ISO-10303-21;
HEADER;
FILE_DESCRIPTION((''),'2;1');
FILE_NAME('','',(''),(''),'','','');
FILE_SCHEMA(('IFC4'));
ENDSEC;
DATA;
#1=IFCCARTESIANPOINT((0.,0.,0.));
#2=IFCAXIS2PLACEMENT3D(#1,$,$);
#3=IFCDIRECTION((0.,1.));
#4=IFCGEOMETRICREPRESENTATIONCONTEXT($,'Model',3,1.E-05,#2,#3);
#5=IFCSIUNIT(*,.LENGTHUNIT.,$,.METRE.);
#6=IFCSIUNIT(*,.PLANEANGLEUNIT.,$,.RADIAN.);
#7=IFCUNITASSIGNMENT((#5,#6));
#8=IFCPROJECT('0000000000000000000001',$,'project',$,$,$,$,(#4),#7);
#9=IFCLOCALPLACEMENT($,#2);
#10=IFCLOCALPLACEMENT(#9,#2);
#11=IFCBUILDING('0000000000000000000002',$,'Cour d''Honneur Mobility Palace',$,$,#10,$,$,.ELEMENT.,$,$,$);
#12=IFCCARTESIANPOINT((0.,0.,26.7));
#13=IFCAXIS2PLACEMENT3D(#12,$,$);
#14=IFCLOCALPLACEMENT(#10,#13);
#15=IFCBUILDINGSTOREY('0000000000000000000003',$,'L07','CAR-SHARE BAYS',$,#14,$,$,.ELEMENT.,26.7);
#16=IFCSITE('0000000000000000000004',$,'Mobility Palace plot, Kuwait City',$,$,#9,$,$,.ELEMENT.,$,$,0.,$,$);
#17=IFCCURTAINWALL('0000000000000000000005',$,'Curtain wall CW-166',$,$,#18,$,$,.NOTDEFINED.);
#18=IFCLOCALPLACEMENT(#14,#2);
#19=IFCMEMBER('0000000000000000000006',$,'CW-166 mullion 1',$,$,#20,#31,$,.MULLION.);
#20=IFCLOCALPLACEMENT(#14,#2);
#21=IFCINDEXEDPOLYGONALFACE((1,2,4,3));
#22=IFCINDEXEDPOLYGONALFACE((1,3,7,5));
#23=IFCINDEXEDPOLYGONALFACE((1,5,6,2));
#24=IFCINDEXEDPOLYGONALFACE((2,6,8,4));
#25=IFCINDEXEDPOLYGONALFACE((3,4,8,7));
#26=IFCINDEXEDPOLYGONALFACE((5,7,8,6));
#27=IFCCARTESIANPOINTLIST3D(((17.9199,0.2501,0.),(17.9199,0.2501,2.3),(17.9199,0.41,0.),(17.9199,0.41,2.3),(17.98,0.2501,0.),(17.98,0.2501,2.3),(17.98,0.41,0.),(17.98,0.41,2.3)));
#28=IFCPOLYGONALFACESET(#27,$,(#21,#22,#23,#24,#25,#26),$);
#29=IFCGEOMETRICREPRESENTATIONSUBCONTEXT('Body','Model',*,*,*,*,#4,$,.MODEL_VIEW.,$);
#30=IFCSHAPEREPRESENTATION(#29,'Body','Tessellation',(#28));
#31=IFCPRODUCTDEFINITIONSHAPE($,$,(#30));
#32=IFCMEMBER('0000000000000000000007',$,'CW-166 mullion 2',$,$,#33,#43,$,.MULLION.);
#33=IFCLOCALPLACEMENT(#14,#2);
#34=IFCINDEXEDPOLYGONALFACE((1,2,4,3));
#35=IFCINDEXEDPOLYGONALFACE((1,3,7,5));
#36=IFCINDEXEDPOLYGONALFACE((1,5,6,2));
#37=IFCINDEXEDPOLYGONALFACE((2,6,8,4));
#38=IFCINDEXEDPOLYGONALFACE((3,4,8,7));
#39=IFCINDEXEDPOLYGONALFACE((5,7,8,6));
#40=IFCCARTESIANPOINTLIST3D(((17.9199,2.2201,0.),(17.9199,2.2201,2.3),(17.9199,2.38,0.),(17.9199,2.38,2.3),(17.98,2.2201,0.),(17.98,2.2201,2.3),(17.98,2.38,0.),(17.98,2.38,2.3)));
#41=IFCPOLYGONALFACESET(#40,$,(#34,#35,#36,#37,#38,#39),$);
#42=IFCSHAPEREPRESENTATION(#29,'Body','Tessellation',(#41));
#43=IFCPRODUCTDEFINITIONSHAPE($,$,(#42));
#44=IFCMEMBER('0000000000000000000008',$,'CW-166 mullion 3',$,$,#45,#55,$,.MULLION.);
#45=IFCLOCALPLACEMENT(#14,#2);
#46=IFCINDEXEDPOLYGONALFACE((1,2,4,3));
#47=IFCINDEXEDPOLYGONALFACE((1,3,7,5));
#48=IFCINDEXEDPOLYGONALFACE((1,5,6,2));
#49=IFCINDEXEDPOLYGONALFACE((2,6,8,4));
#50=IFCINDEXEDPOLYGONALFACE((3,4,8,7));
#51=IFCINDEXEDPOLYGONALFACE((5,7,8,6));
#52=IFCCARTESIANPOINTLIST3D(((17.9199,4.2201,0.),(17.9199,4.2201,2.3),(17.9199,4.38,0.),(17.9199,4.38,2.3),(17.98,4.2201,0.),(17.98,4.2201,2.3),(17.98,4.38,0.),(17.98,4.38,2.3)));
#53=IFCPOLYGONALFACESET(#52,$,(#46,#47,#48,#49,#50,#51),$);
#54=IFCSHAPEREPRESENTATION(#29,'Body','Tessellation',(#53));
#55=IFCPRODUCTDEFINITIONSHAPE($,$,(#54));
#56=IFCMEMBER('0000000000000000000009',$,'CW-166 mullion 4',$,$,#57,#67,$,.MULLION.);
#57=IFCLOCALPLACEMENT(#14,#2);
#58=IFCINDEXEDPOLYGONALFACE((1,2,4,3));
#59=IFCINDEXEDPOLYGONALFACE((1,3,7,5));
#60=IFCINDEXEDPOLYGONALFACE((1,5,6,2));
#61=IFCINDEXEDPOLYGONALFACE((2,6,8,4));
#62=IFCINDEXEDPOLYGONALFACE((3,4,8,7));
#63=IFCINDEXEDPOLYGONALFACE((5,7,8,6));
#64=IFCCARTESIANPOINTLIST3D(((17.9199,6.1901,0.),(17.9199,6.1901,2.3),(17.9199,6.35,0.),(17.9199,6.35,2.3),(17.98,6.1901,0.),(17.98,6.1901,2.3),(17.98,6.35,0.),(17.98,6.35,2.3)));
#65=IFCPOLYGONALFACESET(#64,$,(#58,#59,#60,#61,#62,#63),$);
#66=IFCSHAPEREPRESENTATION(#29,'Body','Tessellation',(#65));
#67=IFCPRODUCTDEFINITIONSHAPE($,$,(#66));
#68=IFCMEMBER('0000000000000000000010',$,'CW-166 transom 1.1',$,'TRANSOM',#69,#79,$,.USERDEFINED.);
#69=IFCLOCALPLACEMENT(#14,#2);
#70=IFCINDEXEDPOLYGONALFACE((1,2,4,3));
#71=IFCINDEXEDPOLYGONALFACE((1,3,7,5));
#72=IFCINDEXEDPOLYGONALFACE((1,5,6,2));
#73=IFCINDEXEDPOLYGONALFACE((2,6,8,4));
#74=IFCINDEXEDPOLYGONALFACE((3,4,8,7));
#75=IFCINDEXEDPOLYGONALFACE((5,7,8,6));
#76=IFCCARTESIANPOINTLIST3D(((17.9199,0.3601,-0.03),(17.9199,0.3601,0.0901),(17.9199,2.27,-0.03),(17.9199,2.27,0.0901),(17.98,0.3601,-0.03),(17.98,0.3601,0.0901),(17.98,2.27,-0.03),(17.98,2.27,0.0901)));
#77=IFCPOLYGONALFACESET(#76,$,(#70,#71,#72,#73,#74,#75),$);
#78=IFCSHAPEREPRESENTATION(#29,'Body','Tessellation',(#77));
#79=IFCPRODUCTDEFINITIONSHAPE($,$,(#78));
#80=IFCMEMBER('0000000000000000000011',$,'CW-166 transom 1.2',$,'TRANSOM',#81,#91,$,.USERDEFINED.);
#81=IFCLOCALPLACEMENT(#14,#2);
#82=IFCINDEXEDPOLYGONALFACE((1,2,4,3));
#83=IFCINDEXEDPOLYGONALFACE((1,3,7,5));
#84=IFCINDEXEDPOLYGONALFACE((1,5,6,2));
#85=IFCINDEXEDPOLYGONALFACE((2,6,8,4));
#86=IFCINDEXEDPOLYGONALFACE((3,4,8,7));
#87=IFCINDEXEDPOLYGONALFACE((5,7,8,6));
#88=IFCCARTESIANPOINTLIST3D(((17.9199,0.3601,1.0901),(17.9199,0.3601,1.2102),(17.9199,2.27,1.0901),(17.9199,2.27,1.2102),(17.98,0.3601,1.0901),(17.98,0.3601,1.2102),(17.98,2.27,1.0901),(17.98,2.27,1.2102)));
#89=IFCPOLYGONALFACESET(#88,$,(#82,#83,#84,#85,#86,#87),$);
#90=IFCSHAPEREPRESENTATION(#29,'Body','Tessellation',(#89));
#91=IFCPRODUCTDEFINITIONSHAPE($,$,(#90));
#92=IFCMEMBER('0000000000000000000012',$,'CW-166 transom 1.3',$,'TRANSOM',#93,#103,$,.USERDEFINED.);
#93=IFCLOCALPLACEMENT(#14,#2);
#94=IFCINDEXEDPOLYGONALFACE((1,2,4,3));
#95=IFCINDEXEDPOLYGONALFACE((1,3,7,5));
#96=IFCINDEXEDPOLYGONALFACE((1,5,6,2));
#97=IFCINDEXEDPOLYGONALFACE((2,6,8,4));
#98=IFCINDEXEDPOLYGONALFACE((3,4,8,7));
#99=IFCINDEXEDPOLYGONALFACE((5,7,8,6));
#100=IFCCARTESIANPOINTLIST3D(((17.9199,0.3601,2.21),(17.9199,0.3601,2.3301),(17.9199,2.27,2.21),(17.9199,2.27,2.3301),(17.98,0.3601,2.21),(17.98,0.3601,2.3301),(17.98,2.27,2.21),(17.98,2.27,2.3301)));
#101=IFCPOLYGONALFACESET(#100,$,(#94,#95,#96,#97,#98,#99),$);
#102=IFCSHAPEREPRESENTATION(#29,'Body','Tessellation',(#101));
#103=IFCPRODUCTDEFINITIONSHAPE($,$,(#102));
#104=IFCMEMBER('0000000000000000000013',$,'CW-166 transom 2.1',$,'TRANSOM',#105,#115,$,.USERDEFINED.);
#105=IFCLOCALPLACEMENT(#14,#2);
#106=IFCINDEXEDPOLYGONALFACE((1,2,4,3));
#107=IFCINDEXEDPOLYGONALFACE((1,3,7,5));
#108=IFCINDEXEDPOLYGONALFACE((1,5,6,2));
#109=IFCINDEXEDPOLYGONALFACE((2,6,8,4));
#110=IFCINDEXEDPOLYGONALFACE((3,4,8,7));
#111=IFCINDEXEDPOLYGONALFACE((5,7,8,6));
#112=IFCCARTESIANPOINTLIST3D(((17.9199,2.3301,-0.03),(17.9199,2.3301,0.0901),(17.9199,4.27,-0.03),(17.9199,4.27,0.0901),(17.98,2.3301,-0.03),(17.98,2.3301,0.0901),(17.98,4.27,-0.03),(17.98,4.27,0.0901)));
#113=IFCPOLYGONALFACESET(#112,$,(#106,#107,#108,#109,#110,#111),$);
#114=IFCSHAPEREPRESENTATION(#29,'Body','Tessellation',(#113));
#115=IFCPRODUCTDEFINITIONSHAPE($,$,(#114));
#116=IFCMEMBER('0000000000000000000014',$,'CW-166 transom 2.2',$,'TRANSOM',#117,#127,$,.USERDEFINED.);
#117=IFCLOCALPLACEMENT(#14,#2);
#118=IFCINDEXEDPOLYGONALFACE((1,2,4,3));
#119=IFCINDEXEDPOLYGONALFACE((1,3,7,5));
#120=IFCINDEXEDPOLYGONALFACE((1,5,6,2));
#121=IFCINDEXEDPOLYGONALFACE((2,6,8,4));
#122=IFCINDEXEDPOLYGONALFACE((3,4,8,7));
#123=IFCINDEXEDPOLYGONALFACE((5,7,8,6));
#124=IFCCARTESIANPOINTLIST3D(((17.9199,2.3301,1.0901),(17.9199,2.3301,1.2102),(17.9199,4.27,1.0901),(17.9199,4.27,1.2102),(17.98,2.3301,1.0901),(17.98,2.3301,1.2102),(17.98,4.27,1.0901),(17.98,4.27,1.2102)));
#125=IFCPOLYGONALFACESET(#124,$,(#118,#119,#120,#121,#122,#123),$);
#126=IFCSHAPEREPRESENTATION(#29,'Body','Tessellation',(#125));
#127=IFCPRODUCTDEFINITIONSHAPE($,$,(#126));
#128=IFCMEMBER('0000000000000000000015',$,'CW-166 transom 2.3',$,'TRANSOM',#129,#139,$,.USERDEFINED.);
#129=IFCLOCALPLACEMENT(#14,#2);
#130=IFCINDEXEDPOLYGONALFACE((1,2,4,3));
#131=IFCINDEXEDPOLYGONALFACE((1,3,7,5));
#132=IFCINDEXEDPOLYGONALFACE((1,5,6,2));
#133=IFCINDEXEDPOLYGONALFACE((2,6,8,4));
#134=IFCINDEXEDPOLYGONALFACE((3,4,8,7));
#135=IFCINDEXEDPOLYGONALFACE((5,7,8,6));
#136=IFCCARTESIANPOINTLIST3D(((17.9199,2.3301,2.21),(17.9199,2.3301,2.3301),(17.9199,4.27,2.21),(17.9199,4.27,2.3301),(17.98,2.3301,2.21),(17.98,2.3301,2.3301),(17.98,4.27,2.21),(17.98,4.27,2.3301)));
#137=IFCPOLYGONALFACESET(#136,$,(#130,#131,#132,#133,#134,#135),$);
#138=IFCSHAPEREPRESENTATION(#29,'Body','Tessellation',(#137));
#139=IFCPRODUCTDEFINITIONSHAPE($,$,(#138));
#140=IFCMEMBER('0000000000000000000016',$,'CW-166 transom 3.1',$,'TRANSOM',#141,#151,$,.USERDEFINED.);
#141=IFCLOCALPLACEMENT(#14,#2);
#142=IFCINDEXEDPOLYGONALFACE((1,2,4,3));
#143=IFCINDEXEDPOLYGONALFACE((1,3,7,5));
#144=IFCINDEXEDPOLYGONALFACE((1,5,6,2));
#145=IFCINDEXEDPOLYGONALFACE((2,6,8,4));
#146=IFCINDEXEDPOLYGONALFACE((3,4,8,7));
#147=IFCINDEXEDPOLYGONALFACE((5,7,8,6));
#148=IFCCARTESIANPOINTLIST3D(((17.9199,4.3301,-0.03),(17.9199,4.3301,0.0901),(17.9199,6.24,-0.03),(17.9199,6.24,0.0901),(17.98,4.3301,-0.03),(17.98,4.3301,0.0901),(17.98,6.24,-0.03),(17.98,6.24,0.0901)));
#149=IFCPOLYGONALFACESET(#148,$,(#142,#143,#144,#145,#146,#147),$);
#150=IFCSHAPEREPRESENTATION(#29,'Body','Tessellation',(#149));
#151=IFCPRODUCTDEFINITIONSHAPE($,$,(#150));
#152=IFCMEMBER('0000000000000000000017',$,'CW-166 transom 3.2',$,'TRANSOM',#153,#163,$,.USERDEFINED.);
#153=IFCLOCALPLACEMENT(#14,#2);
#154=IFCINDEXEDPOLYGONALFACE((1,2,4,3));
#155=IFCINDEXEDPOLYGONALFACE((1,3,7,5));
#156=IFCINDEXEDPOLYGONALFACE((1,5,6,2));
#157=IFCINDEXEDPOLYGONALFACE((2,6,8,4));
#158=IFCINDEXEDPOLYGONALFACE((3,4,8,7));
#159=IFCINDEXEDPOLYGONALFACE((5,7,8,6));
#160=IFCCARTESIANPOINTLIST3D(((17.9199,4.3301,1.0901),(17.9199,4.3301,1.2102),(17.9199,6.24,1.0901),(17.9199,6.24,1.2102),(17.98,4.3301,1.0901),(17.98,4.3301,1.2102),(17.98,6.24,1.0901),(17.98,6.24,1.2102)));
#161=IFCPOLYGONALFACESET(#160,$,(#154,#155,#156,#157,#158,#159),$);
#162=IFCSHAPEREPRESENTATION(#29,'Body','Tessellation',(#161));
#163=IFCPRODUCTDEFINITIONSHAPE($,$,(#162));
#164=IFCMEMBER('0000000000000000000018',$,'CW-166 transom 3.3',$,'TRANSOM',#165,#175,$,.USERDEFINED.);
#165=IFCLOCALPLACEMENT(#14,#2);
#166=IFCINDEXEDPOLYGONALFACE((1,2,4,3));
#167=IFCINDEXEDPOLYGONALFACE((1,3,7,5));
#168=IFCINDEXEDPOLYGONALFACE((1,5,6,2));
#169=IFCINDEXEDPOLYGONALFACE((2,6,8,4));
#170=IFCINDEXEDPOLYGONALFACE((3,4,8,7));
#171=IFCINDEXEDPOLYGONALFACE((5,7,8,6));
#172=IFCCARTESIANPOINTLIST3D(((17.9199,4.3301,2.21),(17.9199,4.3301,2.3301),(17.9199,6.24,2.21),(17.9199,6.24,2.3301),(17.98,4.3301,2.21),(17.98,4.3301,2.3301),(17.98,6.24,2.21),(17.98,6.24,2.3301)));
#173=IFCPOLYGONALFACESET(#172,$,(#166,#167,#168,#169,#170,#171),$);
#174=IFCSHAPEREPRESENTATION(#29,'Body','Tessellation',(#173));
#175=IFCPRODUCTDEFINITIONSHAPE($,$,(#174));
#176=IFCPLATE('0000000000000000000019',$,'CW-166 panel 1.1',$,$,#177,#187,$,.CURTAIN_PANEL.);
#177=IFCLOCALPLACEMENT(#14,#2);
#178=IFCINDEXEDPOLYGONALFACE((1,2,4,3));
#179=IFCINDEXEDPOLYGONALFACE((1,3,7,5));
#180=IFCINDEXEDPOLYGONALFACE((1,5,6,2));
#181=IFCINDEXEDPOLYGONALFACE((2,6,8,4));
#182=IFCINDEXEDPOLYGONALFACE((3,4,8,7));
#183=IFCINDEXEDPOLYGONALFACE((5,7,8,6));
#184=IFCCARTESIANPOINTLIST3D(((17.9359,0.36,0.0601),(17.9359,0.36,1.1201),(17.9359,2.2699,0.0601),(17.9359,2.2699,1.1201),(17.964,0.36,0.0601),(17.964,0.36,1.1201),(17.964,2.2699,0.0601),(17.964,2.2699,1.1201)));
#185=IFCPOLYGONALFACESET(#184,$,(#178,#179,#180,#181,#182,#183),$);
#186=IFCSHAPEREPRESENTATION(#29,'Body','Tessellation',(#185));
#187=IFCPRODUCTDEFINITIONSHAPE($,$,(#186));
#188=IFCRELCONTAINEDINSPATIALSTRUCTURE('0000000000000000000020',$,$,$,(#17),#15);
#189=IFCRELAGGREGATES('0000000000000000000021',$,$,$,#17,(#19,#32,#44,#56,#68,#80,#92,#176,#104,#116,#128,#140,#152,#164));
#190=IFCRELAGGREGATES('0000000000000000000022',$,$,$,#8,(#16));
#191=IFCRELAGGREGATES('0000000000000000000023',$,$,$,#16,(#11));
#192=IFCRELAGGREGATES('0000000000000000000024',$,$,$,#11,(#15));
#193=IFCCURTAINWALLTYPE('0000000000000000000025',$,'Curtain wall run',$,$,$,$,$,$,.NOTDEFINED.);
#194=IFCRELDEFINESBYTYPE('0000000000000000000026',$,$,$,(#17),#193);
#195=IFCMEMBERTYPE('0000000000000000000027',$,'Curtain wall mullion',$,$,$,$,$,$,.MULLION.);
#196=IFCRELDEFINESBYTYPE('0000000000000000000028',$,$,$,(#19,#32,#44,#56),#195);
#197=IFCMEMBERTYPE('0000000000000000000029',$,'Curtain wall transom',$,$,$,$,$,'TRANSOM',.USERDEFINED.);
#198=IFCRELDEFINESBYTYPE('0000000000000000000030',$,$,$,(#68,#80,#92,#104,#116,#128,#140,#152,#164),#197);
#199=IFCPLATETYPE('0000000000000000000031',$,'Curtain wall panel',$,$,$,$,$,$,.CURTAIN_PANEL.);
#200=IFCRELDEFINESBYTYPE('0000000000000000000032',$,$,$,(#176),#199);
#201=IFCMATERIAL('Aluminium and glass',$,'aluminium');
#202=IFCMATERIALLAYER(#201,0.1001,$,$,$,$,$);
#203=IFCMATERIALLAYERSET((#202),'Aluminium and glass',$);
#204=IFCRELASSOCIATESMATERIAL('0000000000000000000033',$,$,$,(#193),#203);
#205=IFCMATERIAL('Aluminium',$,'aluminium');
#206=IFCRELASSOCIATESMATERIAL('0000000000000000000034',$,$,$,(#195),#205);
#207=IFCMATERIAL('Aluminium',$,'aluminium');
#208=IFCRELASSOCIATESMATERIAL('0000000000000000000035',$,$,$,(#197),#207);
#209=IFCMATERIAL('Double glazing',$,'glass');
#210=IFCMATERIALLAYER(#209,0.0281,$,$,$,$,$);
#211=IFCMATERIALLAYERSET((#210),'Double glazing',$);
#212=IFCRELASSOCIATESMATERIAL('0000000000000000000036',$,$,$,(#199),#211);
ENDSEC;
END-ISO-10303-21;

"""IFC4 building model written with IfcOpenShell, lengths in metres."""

from ifc_helpers import new_model, si_unit, direction, frame, origin, origin_2d, place, context, subcontext, project, spatial, rectangle, extrude, material, layer, layer_set, material_profile, profile_set, type_object, element, aggregate, save


model = new_model("IFC4")

# Units and contexts
model_context = context("Model", 3, precision=1e-05, world=origin(), true_north=direction((0.0, 1.0)))
body_context = subcontext(model_context, "Body", "Model", "MODEL_VIEW")
ifc_project = project(units=[si_unit("LENGTHUNIT", "METRE"), si_unit("PLANEANGLEUNIT", "RADIAN")], contexts=[model_context])

# Site, building, storey
site_placement = place(None, origin())
site = spatial("IfcSite", under=ifc_project, at=site_placement, Name="Mobility Palace plot, Kuwait City", CompositionType="ELEMENT", RefElevation=0.0)
building_placement = place(site_placement, origin())
building = spatial("IfcBuilding", under=site, at=building_placement, Name="Cour d'Honneur Mobility Palace", CompositionType="ELEMENT")
storey_placement = place(building_placement, frame((0.0, 0.0, 26.7)))
storey = spatial("IfcBuildingStorey", under=building, at=storey_placement, Name="L07", Description="CAR-SHARE BAYS", CompositionType="ELEMENT", Elevation=26.7)

# Curtain wall, members, plate
ifc_material_1 = material(Name="Aluminium and glass", Category="aluminium")
ifc_layer_1 = layer(ifc_material_1, 0.1001)
ifc_layer_set_1 = layer_set([ifc_layer_1], Name="Aluminium and glass")
curtain_wall_type = type_object("IfcCurtainWallType", Name="Curtain wall run", PredefinedType="NOTDEFINED", material=ifc_layer_set_1)
curtain_wall_placement = place(storey_placement, origin())
curtain_wall = element("IfcCurtainWall", 1, at=curtain_wall_placement, inside=storey, type_object=curtain_wall_type, Name="Curtain wall CW-166", PredefinedType="NOTDEFINED")
ifc_material_2 = material(Name="Aluminium", Category="aluminium")
ifc_material_profile_1 = material_profile(ifc_material_2, rectangle(XDim=0.0601, YDim=0.1599, at=origin_2d()), Name="Curtain wall mullion")
ifc_profile_set_1 = profile_set([ifc_material_profile_1], Name="Aluminium")
member_type_1 = type_object("IfcMemberType", Name="Curtain wall mullion", PredefinedType="MULLION", material=ifc_profile_set_1)
member_1_placement = place(storey_placement, frame((17.95, 0.3301, 0.0), z_axis=(0.0, 0.0, 1.0), x_axis=(-1.0, 0.0, 0.0)))
member_1 = element("IfcMember", 2, at=member_1_placement, type_object=member_type_1, Name="CW-166 mullion 1", PredefinedType="MULLION", context=body_context, shape_type="SweptSolid", body=[
    extrude(rectangle(XDim=0.0601, YDim=0.1599, at=origin_2d()), origin(), (0.0, 0.0, 1.0), 2.3),
])
member_2_placement = place(storey_placement, frame((17.95, 2.3, 0.0), z_axis=(0.0, 0.0, 1.0), x_axis=(-1.0, 0.0, 0.0)))
member_2 = element("IfcMember", 3, at=member_2_placement, type_object=member_type_1, Name="CW-166 mullion 2", PredefinedType="MULLION", context=body_context, shape_type="SweptSolid", body=[
    extrude(rectangle(XDim=0.0601, YDim=0.1599, at=origin_2d()), origin(), (0.0, 0.0, 1.0), 2.3),
])
member_3_placement = place(storey_placement, frame((17.95, 4.3, 0.0), z_axis=(0.0, 0.0, 1.0), x_axis=(-1.0, 0.0, 0.0)))
member_3 = element("IfcMember", 4, at=member_3_placement, type_object=member_type_1, Name="CW-166 mullion 3", PredefinedType="MULLION", context=body_context, shape_type="SweptSolid", body=[
    extrude(rectangle(XDim=0.0601, YDim=0.1599, at=origin_2d()), origin(), (0.0, 0.0, 1.0), 2.3),
])
member_4_placement = place(storey_placement, frame((17.95, 6.27, 0.0), z_axis=(0.0, 0.0, 1.0), x_axis=(-1.0, 0.0, 0.0)))
member_4 = element("IfcMember", 5, at=member_4_placement, type_object=member_type_1, Name="CW-166 mullion 4", PredefinedType="MULLION", context=body_context, shape_type="SweptSolid", body=[
    extrude(rectangle(XDim=0.0601, YDim=0.1599, at=origin_2d()), origin(), (0.0, 0.0, 1.0), 2.3),
])
ifc_material_3 = material(Name="Aluminium", Category="aluminium")
ifc_material_profile_2 = material_profile(ifc_material_3, rectangle(XDim=0.0601, YDim=0.1201, at=origin_2d()), Name="Curtain wall transom")
ifc_profile_set_2 = profile_set([ifc_material_profile_2], Name="Aluminium")
member_type_2 = type_object("IfcMemberType", Name="Curtain wall transom", ElementType="TRANSOM", PredefinedType="USERDEFINED", material=ifc_profile_set_2)
member_5_placement = place(storey_placement, frame((17.95, 0.3601, 0.03), z_axis=(0.0, 1.0, 0.0), x_axis=(-1.0, 0.0, 0.0)))
member_5 = element("IfcMember", 6, at=member_5_placement, type_object=member_type_2, Name="CW-166 transom 1.1", ObjectType="TRANSOM", PredefinedType="USERDEFINED", context=body_context, shape_type="SweptSolid", body=[
    extrude(rectangle(XDim=0.0601, YDim=0.1201, at=origin_2d()), origin(), (0.0, 0.0, 1.0), 1.9099),
])
member_6_placement = place(storey_placement, frame((17.95, 0.3601, 1.1501), z_axis=(0.0, 1.0, 0.0), x_axis=(-1.0, 0.0, 0.0)))
member_6 = element("IfcMember", 7, at=member_6_placement, type_object=member_type_2, Name="CW-166 transom 1.2", ObjectType="TRANSOM", PredefinedType="USERDEFINED", context=body_context, shape_type="SweptSolid", body=[
    extrude(rectangle(XDim=0.0601, YDim=0.1201, at=origin_2d()), origin(), (0.0, 0.0, 1.0), 1.9099),
])
member_7_placement = place(storey_placement, frame((17.95, 0.3601, 2.27), z_axis=(0.0, 1.0, 0.0), x_axis=(-1.0, 0.0, 0.0)))
member_7 = element("IfcMember", 8, at=member_7_placement, type_object=member_type_2, Name="CW-166 transom 1.3", ObjectType="TRANSOM", PredefinedType="USERDEFINED", context=body_context, shape_type="SweptSolid", body=[
    extrude(rectangle(XDim=0.0601, YDim=0.1201, at=origin_2d()), origin(), (0.0, 0.0, 1.0), 1.9099),
])
member_8_placement = place(storey_placement, frame((17.95, 2.3301, 0.03), z_axis=(0.0, 1.0, 0.0), x_axis=(-1.0, 0.0, 0.0)))
member_8 = element("IfcMember", 9, at=member_8_placement, type_object=member_type_2, Name="CW-166 transom 2.1", ObjectType="TRANSOM", PredefinedType="USERDEFINED", context=body_context, shape_type="SweptSolid", body=[
    extrude(rectangle(XDim=0.0601, YDim=0.1201, at=origin_2d()), origin(), (0.0, 0.0, 1.0), 1.9399),
])
member_9_placement = place(storey_placement, frame((17.95, 2.3301, 1.1501), z_axis=(0.0, 1.0, 0.0), x_axis=(-1.0, 0.0, 0.0)))
member_9 = element("IfcMember", 10, at=member_9_placement, type_object=member_type_2, Name="CW-166 transom 2.2", ObjectType="TRANSOM", PredefinedType="USERDEFINED", context=body_context, shape_type="SweptSolid", body=[
    extrude(rectangle(XDim=0.0601, YDim=0.1201, at=origin_2d()), origin(), (0.0, 0.0, 1.0), 1.9399),
])
member_10_placement = place(storey_placement, frame((17.95, 2.3301, 2.27), z_axis=(0.0, 1.0, 0.0), x_axis=(-1.0, 0.0, 0.0)))
member_10 = element("IfcMember", 11, at=member_10_placement, type_object=member_type_2, Name="CW-166 transom 2.3", ObjectType="TRANSOM", PredefinedType="USERDEFINED", context=body_context, shape_type="SweptSolid", body=[
    extrude(rectangle(XDim=0.0601, YDim=0.1201, at=origin_2d()), origin(), (0.0, 0.0, 1.0), 1.9399),
])
member_11_placement = place(storey_placement, frame((17.95, 4.3301, 0.03), z_axis=(0.0, 1.0, 0.0), x_axis=(-1.0, 0.0, 0.0)))
member_11 = element("IfcMember", 12, at=member_11_placement, type_object=member_type_2, Name="CW-166 transom 3.1", ObjectType="TRANSOM", PredefinedType="USERDEFINED", context=body_context, shape_type="SweptSolid", body=[
    extrude(rectangle(XDim=0.0601, YDim=0.1201, at=origin_2d()), origin(), (0.0, 0.0, 1.0), 1.9099),
])
member_12_placement = place(storey_placement, frame((17.95, 4.3301, 1.1501), z_axis=(0.0, 1.0, 0.0), x_axis=(-1.0, 0.0, 0.0)))
member_12 = element("IfcMember", 13, at=member_12_placement, type_object=member_type_2, Name="CW-166 transom 3.2", ObjectType="TRANSOM", PredefinedType="USERDEFINED", context=body_context, shape_type="SweptSolid", body=[
    extrude(rectangle(XDim=0.0601, YDim=0.1201, at=origin_2d()), origin(), (0.0, 0.0, 1.0), 1.9099),
])
member_13_placement = place(storey_placement, frame((17.95, 4.3301, 2.27), z_axis=(0.0, 1.0, 0.0), x_axis=(-1.0, 0.0, 0.0)))
member_13 = element("IfcMember", 14, at=member_13_placement, type_object=member_type_2, Name="CW-166 transom 3.3", ObjectType="TRANSOM", PredefinedType="USERDEFINED", context=body_context, shape_type="SweptSolid", body=[
    extrude(rectangle(XDim=0.0601, YDim=0.1201, at=origin_2d()), origin(), (0.0, 0.0, 1.0), 1.9099),
])
ifc_material_4 = material(Name="Double glazing", Category="glass")
ifc_layer_2 = layer(ifc_material_4, 0.0281)
ifc_layer_set_2 = layer_set([ifc_layer_2], Name="Double glazing")
plate_type = type_object("IfcPlateType", Name="Curtain wall panel", PredefinedType="CURTAIN_PANEL", material=ifc_layer_set_2)
plate_1_placement = place(storey_placement, frame((17.95, 1.3149, 0.0601), z_axis=(0.0, 0.0, 1.0), x_axis=(0.0, 1.0, 0.0)))
plate_1 = element("IfcPlate", 15, at=plate_1_placement, type_object=plate_type, Name="CW-166 panel 1.1", PredefinedType="CURTAIN_PANEL", context=body_context, shape_type="SweptSolid", body=[
    extrude(rectangle(XDim=1.9099, YDim=0.0281, at=origin_2d()), origin(), (0.0, 0.0, 1.0), 1.0601),
])
aggregate(curtain_wall, [member_1, member_2, member_3, member_4, member_5, member_6, member_7, plate_1, member_8, member_9, member_10, member_11, member_12, member_13])

save(model, "model.ifc")
